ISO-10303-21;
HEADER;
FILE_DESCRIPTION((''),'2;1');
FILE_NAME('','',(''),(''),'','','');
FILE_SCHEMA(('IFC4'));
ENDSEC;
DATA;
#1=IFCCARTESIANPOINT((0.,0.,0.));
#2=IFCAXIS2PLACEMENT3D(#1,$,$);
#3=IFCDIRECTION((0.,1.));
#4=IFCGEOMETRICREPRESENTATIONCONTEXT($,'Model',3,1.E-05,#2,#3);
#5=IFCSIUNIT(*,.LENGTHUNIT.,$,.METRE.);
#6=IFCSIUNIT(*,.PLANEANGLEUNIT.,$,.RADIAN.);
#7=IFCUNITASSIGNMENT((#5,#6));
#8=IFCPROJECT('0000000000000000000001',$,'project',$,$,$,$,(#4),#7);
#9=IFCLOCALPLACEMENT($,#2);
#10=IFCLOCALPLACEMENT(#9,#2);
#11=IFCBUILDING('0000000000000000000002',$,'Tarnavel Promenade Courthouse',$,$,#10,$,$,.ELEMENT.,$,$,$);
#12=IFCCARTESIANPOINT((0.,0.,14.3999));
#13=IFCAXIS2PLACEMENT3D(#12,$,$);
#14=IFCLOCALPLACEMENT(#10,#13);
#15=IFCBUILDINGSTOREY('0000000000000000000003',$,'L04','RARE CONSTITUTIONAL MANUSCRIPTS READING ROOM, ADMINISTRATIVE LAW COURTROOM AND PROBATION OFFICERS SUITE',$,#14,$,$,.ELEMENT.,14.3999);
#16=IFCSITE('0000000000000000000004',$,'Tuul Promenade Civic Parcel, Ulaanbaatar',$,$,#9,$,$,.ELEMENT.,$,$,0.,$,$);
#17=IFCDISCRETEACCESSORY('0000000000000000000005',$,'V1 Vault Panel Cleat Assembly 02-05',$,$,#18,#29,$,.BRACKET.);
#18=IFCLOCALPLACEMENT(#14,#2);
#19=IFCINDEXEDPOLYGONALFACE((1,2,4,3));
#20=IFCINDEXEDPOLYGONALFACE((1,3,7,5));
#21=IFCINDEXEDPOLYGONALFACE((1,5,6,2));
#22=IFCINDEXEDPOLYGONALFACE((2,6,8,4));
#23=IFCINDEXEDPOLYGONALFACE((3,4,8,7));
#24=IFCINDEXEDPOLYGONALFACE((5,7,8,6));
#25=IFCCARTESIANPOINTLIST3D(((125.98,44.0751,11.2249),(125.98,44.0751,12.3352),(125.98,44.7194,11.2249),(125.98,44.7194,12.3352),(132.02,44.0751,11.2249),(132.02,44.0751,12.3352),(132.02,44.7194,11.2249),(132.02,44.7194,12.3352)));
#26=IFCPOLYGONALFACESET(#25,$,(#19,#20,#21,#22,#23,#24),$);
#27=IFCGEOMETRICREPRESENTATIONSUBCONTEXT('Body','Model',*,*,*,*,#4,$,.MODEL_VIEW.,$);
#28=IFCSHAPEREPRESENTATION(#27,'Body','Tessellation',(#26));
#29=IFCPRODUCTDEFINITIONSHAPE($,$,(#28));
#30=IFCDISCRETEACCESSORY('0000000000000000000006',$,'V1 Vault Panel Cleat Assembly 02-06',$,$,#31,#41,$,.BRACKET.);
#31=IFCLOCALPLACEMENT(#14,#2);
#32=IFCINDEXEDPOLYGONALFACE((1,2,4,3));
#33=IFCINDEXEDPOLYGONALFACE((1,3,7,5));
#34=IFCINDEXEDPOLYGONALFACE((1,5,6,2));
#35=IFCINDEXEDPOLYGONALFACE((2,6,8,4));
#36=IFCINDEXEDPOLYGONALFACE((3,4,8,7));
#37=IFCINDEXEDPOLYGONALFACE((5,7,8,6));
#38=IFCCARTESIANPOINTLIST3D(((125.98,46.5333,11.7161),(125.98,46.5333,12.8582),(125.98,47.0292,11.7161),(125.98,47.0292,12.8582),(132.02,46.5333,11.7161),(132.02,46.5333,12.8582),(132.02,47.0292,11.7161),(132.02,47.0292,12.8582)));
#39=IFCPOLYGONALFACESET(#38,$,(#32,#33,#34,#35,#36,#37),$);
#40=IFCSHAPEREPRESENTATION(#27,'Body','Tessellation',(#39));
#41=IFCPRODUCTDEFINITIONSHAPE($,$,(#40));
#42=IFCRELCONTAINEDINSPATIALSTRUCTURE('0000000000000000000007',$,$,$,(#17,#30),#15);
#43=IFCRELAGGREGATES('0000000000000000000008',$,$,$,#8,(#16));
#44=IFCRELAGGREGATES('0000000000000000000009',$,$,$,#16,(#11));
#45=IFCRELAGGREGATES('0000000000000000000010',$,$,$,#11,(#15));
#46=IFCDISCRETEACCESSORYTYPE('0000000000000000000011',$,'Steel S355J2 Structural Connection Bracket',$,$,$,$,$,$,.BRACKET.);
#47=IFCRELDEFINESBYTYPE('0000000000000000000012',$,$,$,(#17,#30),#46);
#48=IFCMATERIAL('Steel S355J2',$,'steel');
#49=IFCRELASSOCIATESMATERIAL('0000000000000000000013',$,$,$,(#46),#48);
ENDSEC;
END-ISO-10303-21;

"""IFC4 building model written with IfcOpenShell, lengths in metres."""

from ifc_helpers import new_model, si_unit, direction, frame, origin, origin_2d, place, context, subcontext, project, spatial, rectangle, extrude, material, type_object, element, save


model = new_model("IFC4")

# Units and contexts
model_context = context("Model", 3, precision=1e-05, world=origin(), true_north=direction((0.0, 1.0)))
body_context = subcontext(model_context, "Body", "Model", "MODEL_VIEW")
ifc_project = project(units=[si_unit("LENGTHUNIT", "METRE"), si_unit("PLANEANGLEUNIT", "RADIAN")], contexts=[model_context])

# Site, building, storey
site_placement = place(None, origin())
site = spatial("IfcSite", under=ifc_project, at=site_placement, Name="Tuul Promenade Civic Parcel, Ulaanbaatar", CompositionType="ELEMENT", RefElevation=0.0)
building_placement = place(site_placement, origin())
building = spatial("IfcBuilding", under=site, at=building_placement, Name="Tarnavel Promenade Courthouse", CompositionType="ELEMENT")
storey_placement = place(building_placement, frame((0.0, 0.0, 14.3999)))
storey = spatial("IfcBuildingStorey", under=building, at=storey_placement, Name="L04", Description="RARE CONSTITUTIONAL MANUSCRIPTS READING ROOM, ADMINISTRATIVE LAW COURTROOM AND PROBATION OFFICERS SUITE", CompositionType="ELEMENT", Elevation=14.3999)

# Shared definitions
ifc_material_1 = material(Name="Steel S355J2", Category="steel")

# Discrete accessories
discrete_accessory_type = type_object("IfcDiscreteAccessoryType", Name="Steel S355J2 Structural Connection Bracket", PredefinedType="BRACKET", material=ifc_material_1)
discrete_accessory_1_placement = place(storey_placement, frame((129.0, 44.3972, 11.2249), z_axis=(0.0, 0.0, 1.0), x_axis=(1.0, 0.0, 0.0)))
element("IfcDiscreteAccessory", 1, at=discrete_accessory_1_placement, inside=storey, type_object=discrete_accessory_type, Name="V1 Vault Panel Cleat Assembly 02-05", PredefinedType="BRACKET", context=body_context, shape_type="SweptSolid", body=[
    extrude(rectangle(XDim=6.04, YDim=0.6443, at=origin_2d()), origin(), (0.0, 0.0, 1.0), 1.1104),
])
discrete_accessory_2_placement = place(storey_placement, frame((129.0, 46.7812, 11.7161), z_axis=(0.0, 0.0, 1.0), x_axis=(1.0, 0.0, 0.0)))
element("IfcDiscreteAccessory", 2, at=discrete_accessory_2_placement, inside=storey, type_object=discrete_accessory_type, Name="V1 Vault Panel Cleat Assembly 02-06", PredefinedType="BRACKET", context=body_context, shape_type="SweptSolid", body=[
    extrude(rectangle(XDim=6.04, YDim=0.4958, at=origin_2d()), origin(), (0.0, 0.0, 1.0), 1.1421),
])

save(model, "model.ifc")
